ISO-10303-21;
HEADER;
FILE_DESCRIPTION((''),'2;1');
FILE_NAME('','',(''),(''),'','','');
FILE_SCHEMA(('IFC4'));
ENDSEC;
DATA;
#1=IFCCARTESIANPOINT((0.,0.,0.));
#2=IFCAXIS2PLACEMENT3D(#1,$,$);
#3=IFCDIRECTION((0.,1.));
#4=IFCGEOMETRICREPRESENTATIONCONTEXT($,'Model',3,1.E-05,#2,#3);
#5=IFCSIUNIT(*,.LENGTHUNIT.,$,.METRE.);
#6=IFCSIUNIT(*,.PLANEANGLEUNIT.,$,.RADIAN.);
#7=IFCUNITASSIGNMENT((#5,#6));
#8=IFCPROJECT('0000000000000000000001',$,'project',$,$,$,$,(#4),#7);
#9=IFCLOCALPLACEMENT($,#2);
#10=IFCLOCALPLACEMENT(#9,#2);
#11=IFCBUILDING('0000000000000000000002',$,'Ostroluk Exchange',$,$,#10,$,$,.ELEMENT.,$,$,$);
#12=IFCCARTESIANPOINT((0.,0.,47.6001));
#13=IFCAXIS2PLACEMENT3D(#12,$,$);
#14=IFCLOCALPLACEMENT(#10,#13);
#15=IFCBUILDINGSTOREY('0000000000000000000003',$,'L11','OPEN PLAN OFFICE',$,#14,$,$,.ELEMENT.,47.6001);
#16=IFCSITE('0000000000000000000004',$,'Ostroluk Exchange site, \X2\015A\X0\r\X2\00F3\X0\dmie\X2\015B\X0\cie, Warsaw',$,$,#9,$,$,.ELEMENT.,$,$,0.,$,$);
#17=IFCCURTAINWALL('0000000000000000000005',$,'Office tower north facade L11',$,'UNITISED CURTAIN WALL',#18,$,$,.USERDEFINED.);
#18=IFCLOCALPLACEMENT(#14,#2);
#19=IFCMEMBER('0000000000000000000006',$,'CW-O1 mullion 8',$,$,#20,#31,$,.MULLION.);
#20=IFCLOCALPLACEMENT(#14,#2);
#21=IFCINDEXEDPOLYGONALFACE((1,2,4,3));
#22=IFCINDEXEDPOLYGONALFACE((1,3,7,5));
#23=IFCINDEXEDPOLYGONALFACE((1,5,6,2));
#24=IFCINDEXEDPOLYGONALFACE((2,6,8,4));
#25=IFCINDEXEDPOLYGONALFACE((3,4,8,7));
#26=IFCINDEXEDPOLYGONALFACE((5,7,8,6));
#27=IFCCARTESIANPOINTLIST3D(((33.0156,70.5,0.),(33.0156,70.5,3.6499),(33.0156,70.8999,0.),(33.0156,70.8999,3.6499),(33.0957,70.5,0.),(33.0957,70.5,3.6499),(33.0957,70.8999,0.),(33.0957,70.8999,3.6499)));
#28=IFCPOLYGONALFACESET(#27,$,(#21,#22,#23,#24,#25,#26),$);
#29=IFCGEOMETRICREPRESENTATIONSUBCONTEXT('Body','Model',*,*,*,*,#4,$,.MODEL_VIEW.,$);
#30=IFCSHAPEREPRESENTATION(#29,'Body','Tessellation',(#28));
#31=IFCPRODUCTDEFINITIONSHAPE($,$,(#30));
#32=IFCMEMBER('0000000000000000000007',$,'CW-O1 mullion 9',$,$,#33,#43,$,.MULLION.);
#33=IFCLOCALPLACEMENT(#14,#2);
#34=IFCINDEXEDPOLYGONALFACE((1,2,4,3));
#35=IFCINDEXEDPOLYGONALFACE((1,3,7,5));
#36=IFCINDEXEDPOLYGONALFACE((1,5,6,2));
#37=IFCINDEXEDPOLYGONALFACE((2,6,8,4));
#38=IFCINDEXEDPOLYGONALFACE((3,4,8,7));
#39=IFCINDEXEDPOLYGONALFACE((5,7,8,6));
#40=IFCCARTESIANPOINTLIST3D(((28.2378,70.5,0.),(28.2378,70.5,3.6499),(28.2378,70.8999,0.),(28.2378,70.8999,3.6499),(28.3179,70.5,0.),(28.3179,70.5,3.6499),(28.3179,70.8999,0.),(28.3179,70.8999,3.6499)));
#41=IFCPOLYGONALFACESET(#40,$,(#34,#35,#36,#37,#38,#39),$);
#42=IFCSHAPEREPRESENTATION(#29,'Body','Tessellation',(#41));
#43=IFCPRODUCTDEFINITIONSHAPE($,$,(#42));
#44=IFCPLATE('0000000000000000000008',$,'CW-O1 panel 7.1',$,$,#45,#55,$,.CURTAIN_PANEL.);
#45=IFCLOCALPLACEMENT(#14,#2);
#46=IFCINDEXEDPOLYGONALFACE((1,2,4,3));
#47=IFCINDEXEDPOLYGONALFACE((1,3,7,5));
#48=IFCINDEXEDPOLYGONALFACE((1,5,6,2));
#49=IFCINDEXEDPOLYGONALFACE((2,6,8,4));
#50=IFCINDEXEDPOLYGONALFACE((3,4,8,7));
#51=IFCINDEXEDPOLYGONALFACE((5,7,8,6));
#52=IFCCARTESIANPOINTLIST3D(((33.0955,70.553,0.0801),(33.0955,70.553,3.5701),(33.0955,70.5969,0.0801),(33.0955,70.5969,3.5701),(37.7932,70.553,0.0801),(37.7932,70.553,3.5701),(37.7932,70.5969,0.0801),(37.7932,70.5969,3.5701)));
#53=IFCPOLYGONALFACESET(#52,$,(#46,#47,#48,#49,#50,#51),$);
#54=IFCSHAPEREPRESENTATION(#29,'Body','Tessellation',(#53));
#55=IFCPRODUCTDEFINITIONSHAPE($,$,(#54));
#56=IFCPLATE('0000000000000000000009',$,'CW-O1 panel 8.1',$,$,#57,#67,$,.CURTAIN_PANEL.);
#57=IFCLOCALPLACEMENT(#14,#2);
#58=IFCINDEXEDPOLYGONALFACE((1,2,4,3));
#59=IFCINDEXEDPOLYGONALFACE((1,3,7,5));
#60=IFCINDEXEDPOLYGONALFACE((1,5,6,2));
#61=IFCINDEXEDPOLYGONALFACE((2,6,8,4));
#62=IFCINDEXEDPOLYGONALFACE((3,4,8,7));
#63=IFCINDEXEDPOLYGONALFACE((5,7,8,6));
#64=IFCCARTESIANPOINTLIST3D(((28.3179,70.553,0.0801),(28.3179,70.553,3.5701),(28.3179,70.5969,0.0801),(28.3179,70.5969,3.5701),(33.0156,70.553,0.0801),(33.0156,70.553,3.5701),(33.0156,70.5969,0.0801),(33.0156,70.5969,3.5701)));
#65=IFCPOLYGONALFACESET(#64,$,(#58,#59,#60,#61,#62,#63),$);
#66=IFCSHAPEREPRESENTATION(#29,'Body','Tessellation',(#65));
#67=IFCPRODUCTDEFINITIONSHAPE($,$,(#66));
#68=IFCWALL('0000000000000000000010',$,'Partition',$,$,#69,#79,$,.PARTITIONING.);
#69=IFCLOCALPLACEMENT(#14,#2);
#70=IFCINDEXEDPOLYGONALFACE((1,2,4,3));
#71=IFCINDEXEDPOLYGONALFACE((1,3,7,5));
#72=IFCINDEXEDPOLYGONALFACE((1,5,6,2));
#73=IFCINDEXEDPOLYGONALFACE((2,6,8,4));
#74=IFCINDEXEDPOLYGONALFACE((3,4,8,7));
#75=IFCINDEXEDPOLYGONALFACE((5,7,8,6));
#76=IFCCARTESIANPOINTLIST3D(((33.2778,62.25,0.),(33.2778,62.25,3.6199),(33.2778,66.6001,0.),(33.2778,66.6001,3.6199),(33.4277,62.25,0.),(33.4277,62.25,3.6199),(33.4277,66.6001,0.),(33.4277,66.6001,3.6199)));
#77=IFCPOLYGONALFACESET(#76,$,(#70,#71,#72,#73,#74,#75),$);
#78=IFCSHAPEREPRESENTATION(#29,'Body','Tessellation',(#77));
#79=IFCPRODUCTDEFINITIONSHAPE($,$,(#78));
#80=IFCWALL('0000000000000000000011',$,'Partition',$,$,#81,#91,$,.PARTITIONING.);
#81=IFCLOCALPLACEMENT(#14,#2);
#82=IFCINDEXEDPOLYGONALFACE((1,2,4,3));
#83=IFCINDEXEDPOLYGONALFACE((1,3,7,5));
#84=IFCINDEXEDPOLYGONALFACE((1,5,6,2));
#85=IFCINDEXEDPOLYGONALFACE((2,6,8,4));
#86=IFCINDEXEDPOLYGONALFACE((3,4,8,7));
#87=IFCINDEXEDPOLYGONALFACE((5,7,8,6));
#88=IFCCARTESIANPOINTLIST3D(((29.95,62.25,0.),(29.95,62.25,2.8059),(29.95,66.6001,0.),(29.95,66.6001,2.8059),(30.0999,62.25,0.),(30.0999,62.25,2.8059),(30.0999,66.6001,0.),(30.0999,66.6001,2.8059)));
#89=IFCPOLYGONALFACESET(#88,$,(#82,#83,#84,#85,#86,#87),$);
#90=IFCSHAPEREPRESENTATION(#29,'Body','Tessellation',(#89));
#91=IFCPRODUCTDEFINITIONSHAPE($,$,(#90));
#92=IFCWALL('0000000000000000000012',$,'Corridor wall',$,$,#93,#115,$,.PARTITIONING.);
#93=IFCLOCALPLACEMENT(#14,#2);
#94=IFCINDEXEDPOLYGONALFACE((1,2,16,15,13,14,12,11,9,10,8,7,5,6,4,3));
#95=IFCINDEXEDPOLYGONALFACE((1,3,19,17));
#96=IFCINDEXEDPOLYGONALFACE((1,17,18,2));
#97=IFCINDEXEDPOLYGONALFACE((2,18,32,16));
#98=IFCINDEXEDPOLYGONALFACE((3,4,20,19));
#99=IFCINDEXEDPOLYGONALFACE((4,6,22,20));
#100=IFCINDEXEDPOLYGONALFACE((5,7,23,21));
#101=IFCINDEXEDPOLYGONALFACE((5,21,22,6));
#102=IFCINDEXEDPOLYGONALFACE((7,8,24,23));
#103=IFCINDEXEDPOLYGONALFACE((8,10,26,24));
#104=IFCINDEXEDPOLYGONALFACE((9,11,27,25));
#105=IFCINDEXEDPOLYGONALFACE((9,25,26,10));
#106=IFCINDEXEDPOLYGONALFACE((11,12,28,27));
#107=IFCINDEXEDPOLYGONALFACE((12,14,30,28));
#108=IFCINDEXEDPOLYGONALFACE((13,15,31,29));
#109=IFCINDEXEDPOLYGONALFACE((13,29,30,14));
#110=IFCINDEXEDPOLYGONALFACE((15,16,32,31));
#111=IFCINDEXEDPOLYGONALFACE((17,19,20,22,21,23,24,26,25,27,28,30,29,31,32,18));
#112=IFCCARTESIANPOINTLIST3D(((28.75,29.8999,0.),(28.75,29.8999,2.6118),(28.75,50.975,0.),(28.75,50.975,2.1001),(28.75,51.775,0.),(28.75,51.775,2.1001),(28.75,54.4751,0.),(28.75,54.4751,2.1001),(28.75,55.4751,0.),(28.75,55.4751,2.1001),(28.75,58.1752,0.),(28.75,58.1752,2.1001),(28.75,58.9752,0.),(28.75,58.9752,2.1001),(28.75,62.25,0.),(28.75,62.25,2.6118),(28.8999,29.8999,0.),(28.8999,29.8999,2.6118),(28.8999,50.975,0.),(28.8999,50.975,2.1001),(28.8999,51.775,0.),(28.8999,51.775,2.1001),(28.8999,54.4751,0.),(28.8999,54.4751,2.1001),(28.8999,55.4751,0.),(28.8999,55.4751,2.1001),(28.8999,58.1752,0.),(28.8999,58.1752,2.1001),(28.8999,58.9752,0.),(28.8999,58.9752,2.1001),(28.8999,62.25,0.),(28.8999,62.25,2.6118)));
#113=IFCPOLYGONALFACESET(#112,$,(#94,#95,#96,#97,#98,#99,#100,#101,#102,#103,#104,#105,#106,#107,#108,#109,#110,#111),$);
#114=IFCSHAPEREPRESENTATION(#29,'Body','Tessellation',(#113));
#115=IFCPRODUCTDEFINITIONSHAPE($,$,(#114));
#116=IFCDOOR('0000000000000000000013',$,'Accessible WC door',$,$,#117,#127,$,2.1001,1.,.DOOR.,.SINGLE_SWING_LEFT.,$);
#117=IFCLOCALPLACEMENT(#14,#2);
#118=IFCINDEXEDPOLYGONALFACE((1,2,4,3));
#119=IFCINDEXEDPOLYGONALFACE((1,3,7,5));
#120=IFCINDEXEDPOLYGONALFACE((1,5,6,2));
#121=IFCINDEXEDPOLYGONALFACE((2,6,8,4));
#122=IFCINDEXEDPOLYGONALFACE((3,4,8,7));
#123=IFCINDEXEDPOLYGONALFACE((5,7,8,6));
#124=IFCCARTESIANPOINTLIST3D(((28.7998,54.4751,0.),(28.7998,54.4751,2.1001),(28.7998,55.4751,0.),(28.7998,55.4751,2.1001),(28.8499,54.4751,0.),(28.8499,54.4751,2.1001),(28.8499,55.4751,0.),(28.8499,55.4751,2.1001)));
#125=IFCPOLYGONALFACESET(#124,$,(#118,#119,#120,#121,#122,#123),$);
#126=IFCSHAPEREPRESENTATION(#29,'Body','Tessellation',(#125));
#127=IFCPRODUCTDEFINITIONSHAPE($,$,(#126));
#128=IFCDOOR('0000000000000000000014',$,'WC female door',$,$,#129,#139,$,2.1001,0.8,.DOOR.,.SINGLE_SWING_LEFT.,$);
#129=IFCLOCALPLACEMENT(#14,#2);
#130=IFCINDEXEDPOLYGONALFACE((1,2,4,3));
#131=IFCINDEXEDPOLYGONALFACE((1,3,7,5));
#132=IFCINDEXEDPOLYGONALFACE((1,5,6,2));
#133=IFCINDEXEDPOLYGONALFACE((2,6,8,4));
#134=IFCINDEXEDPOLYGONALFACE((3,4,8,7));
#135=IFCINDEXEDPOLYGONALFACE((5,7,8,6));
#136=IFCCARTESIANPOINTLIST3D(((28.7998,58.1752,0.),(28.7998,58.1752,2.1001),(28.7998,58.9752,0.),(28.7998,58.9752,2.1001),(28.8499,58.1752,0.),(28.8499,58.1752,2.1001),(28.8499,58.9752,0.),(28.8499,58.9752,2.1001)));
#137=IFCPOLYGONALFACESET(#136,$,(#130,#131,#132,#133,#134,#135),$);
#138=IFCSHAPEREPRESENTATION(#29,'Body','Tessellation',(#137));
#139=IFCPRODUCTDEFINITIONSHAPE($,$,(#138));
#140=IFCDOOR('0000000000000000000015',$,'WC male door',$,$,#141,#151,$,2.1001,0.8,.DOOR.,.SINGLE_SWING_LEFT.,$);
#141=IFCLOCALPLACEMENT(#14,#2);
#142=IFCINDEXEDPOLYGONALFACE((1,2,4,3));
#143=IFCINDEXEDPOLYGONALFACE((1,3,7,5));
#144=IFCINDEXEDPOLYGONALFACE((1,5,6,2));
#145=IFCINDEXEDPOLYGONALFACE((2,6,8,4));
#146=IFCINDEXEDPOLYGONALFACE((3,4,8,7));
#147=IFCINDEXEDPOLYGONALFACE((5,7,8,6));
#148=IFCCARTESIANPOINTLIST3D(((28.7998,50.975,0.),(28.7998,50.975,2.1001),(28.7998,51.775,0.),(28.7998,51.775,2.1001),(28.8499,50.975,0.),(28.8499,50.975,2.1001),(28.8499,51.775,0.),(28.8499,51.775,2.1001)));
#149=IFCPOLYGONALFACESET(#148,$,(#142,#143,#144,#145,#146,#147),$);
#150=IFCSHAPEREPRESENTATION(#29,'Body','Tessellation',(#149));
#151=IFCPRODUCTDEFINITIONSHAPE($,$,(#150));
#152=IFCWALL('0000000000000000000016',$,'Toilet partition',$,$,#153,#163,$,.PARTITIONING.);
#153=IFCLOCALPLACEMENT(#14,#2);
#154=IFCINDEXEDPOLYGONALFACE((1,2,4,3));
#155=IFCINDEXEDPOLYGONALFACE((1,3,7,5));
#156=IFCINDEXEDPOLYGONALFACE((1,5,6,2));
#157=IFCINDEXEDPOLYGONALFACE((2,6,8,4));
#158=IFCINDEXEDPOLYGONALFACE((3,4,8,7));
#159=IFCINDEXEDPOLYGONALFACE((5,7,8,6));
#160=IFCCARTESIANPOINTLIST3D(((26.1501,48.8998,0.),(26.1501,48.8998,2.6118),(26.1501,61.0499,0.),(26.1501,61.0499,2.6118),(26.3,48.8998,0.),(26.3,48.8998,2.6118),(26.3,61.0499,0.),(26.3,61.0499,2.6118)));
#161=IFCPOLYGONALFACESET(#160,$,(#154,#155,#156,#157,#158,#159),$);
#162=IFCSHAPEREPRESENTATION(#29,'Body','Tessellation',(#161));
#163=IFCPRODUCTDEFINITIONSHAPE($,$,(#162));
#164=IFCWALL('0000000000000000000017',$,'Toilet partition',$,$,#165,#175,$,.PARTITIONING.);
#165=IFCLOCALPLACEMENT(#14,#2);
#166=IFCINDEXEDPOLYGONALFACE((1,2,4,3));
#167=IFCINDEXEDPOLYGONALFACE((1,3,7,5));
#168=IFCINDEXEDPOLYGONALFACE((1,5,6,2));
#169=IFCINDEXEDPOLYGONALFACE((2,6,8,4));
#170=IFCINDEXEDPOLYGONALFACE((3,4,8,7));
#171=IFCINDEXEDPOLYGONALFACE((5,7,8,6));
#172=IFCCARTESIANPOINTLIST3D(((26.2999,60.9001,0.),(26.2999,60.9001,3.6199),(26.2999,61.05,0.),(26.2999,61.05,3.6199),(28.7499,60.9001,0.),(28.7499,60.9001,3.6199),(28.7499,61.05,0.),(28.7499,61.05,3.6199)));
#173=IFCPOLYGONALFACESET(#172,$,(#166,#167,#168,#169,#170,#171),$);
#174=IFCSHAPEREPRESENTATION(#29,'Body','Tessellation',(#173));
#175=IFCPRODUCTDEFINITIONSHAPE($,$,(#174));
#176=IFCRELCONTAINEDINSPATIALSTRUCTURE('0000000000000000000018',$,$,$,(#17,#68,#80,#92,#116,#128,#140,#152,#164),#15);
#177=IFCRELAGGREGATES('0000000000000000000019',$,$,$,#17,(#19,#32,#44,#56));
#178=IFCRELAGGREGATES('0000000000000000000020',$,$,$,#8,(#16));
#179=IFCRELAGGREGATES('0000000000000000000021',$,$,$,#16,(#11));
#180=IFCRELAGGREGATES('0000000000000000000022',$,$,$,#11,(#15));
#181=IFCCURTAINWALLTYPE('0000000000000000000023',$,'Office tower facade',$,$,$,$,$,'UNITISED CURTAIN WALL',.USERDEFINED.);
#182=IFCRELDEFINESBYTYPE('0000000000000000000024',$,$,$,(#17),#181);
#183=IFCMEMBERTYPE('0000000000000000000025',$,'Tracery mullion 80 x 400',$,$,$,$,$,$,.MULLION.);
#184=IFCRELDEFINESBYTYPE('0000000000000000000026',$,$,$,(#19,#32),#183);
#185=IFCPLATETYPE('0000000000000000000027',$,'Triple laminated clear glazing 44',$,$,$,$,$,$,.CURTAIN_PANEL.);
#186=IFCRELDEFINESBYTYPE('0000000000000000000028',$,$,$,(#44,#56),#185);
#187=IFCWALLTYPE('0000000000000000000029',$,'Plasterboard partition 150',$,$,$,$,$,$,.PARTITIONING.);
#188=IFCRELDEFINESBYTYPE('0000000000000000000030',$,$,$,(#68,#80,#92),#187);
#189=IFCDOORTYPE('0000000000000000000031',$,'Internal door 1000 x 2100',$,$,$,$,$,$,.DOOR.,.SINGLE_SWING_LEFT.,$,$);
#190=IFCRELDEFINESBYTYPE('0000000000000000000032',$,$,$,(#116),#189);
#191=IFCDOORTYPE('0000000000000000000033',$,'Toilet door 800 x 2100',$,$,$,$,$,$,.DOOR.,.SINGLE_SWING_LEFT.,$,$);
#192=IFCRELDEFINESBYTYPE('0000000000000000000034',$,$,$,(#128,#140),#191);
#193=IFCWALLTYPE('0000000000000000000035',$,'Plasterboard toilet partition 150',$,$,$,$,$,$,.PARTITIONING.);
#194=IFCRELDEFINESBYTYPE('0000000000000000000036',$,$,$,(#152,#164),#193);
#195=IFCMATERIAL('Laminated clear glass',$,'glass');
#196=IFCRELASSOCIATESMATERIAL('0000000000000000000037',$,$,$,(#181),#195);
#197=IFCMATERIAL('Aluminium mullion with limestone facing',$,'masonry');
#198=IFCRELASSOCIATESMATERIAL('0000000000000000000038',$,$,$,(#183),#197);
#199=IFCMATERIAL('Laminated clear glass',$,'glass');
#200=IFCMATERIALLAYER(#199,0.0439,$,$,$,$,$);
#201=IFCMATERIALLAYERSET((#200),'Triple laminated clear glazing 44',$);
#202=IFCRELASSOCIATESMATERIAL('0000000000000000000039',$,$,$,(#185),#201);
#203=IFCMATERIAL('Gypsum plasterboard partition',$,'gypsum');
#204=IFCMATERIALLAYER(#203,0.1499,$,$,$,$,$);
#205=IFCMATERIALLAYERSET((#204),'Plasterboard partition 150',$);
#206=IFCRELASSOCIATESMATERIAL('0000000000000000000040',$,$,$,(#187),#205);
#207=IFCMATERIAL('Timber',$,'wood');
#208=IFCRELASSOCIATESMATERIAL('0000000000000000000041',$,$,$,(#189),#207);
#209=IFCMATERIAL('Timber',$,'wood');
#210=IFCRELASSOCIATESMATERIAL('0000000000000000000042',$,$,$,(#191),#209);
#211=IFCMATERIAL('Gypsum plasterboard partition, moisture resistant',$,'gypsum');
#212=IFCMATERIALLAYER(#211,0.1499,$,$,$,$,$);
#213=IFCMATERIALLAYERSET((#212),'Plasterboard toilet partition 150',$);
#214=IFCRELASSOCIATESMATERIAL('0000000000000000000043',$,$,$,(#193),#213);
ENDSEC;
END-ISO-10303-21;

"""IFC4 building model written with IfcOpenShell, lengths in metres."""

from ifc_helpers import new_model, si_unit, direction, frame, frame_2d, origin, origin_2d, place, context, subcontext, project, spatial, rectangle, extrude, material, layer, layer_set, material_profile, profile_set, type_object, element, fill, aggregate, save


model = new_model("IFC4")

# Units and contexts
model_context = context("Model", 3, precision=1e-05, world=origin(), true_north=direction((0.0, 1.0)))
body_context = subcontext(model_context, "Body", "Model", "MODEL_VIEW")
ifc_project = project(units=[si_unit("LENGTHUNIT", "METRE"), si_unit("PLANEANGLEUNIT", "RADIAN")], contexts=[model_context])

# Site, building, storey
site_placement = place(None, origin())
site = spatial("IfcSite", under=ifc_project, at=site_placement, Name="Ostroluk Exchange site, Śródmieście, Warsaw", CompositionType="ELEMENT", RefElevation=0.0)
building_placement = place(site_placement, origin())
building = spatial("IfcBuilding", under=site, at=building_placement, Name="Ostroluk Exchange", CompositionType="ELEMENT")
storey_placement = place(building_placement, frame((0.0, 0.0, 47.6001)))
storey = spatial("IfcBuildingStorey", under=building, at=storey_placement, Name="L11", Description="OPEN PLAN OFFICE", CompositionType="ELEMENT", Elevation=47.6001)

# Curtain wall, members, plates
ifc_material_1 = material(Name="Laminated clear glass", Category="glass")
curtain_wall_type = type_object("IfcCurtainWallType", Name="Office tower facade", ElementType="UNITISED CURTAIN WALL", PredefinedType="USERDEFINED", material=ifc_material_1)
curtain_wall_placement = place(storey_placement, origin())
curtain_wall = element("IfcCurtainWall", 1, at=curtain_wall_placement, inside=storey, type_object=curtain_wall_type, Name="Office tower north facade L11", ObjectType="UNITISED CURTAIN WALL", PredefinedType="USERDEFINED")
ifc_material_2 = material(Name="Aluminium mullion with limestone facing", Category="masonry")
ifc_material_profile_1 = material_profile(ifc_material_2, rectangle(XDim=0.3999, YDim=0.0801, at=origin_2d()), Name="Tracery mullion 80 x 400")
ifc_profile_set_1 = profile_set([ifc_material_profile_1], Name="Aluminium mullion with limestone facing")
member_type_1 = type_object("IfcMemberType", Name="Tracery mullion 80 x 400", PredefinedType="MULLION", material=ifc_profile_set_1)
member_1_placement = place(storey_placement, frame((33.0557, 70.7, 0.0), z_axis=(0.0, 0.0, 1.0), x_axis=(0.0, -1.0, 0.0)))
member_1 = element("IfcMember", 2, at=member_1_placement, type_object=member_type_1, Name="CW-O1 mullion 8", PredefinedType="MULLION", context=body_context, shape_type="SweptSolid", body=[
    extrude(rectangle(XDim=0.3999, YDim=0.0801, at=origin_2d()), origin(), (0.0, 0.0, 1.0), 3.6499),
])
member_2_placement = place(storey_placement, frame((28.2778, 70.7, 0.0), z_axis=(0.0, 0.0, 1.0), x_axis=(0.0, -1.0, 0.0)))
member_2 = element("IfcMember", 3, at=member_2_placement, type_object=member_type_1, Name="CW-O1 mullion 9", PredefinedType="MULLION", context=body_context, shape_type="SweptSolid", body=[
    extrude(rectangle(XDim=0.3999, YDim=0.0801, at=origin_2d()), origin(), (0.0, 0.0, 1.0), 3.6499),
])
ifc_material_3 = material(Name="Laminated clear glass", Category="glass")
ifc_layer_1 = layer(ifc_material_3, 0.0439)
ifc_layer_set_1 = layer_set([ifc_layer_1], Name="Triple laminated clear glazing 44")
plate_type = type_object("IfcPlateType", Name="Triple laminated clear glazing 44", PredefinedType="CURTAIN_PANEL", material=ifc_layer_set_1)
plate_1_placement = place(storey_placement, frame((35.4443, 70.575, 0.0801), z_axis=(0.0, 0.0, 1.0), x_axis=(-1.0, 0.0, 0.0)))
plate_1 = element("IfcPlate", 4, at=plate_1_placement, type_object=plate_type, Name="CW-O1 panel 7.1", PredefinedType="CURTAIN_PANEL", context=body_context, shape_type="SweptSolid", body=[
    extrude(rectangle(XDim=4.6978, YDim=0.0439, at=origin_2d()), origin(), (0.0, 0.0, 1.0), 3.49),
])
plate_2_placement = place(storey_placement, frame((30.6667, 70.575, 0.0801), z_axis=(0.0, 0.0, 1.0), x_axis=(-1.0, 0.0, 0.0)))
plate_2 = element("IfcPlate", 5, at=plate_2_placement, type_object=plate_type, Name="CW-O1 panel 8.1", PredefinedType="CURTAIN_PANEL", context=body_context, shape_type="SweptSolid", body=[
    extrude(rectangle(XDim=4.6978, YDim=0.0439, at=origin_2d()), origin(), (0.0, 0.0, 1.0), 3.49),
])
aggregate(curtain_wall, [member_1, member_2, plate_1, plate_2])

# Walls
ifc_material_4 = material(Name="Gypsum plasterboard partition", Category="gypsum")
ifc_layer_2 = layer(ifc_material_4, 0.1499)
ifc_layer_set_2 = layer_set([ifc_layer_2], Name="Plasterboard partition 150")
wall_type_1 = type_object("IfcWallType", Name="Plasterboard partition 150", PredefinedType="PARTITIONING", material=ifc_layer_set_2)
wall_1_placement = place(storey_placement, frame((33.3528, 62.25, 0.0), z_axis=(0.0, 0.0, 1.0), x_axis=(0.0, 1.0, 0.0)))
element("IfcWall", 6, at=wall_1_placement, inside=storey, type_object=wall_type_1, Name="Partition", PredefinedType="PARTITIONING", context=body_context, shape_type="SweptSolid", body=[
    extrude(rectangle(XDim=4.3501, YDim=0.1499, at=frame_2d((2.175, 0.0))), origin(), (0.0, 0.0, 1.0), 3.6199),
])
wall_2_placement = place(storey_placement, frame((30.0249, 62.25, 0.0), z_axis=(0.0, 0.0, 1.0), x_axis=(0.0, 1.0, 0.0)))
element("IfcWall", 7, at=wall_2_placement, inside=storey, type_object=wall_type_1, Name="Partition", PredefinedType="PARTITIONING", context=body_context, shape_type="SweptSolid", body=[
    extrude(rectangle(XDim=4.3501, YDim=0.1499, at=frame_2d((2.175, 0.0))), origin(), (0.0, 0.0, 1.0), 2.8059),
])

# Wall, openings, doors
wall_3_placement = place(storey_placement, frame((28.825, 62.25, 0.0), z_axis=(0.0, 0.0, 1.0), x_axis=(0.0, -1.0, 0.0)))
wall_3 = element("IfcWall", 8, at=wall_3_placement, inside=storey, type_object=wall_type_1, Name="Corridor wall", PredefinedType="PARTITIONING", context=body_context, shape_type="SweptSolid", body=[
    extrude(rectangle(XDim=32.3501, YDim=0.1499, at=frame_2d((16.175, 0.0))), origin(), (0.0, 0.0, 1.0), 2.6118),
])
opening_1_placement = place(wall_3_placement, frame((3.2749, 0.0, 0.0)))
opening_1 = element("IfcOpeningElement", 9, at=opening_1_placement, cuts=wall_3, PredefinedType="OPENING", context=body_context, shape_type="SweptSolid", body=[
    extrude(rectangle(XDim=0.8, YDim=2.1001, at=frame_2d((0.3999, 1.05))), frame((0.0, 0.085, 0.0), z_axis=(0.0, -1.0, 0.0), x_axis=(1.0, 0.0, 0.0)), (0.0, 0.0, 1.0), 0.1699),
])
opening_2_placement = place(wall_3_placement, frame((6.7749, 0.0, 0.0)))
opening_2 = element("IfcOpeningElement", 10, at=opening_2_placement, cuts=wall_3, PredefinedType="OPENING", context=body_context, shape_type="SweptSolid", body=[
    extrude(rectangle(XDim=1.0, YDim=2.1001, at=frame_2d((0.5, 1.05))), frame((0.0, 0.085, 0.0), z_axis=(0.0, -1.0, 0.0), x_axis=(1.0, 0.0, 0.0)), (0.0, 0.0, 1.0), 0.1699),
])
opening_3_placement = place(wall_3_placement, frame((10.4751, 0.0, 0.0)))
opening_3 = element("IfcOpeningElement", 11, at=opening_3_placement, cuts=wall_3, PredefinedType="OPENING", context=body_context, shape_type="SweptSolid", body=[
    extrude(rectangle(XDim=0.8, YDim=2.1001, at=frame_2d((0.3999, 1.05))), frame((0.0, 0.085, 0.0), z_axis=(0.0, -1.0, 0.0), x_axis=(1.0, 0.0, 0.0)), (0.0, 0.0, 1.0), 0.1699),
])
ifc_material_5 = material(Name="Timber", Category="wood")
door_type_1 = type_object("IfcDoorType", Name="Internal door 1000 x 2100", OperationType="SINGLE_SWING_LEFT", PredefinedType="DOOR", material=ifc_material_5)
door_1_placement = place(opening_2_placement, origin())
door_1 = element("IfcDoor", 12, at=door_1_placement, inside=storey, type_object=door_type_1, Name="Accessible WC door", OperationType="SINGLE_SWING_LEFT", OverallHeight=2.1001, OverallWidth=1.0, PredefinedType="DOOR", context=body_context, shape_type="SweptSolid", body=[
    extrude(rectangle(XDim=1.0, YDim=2.1001, at=frame_2d((0.5, 1.05))), frame((0.0, 0.0249, 0.0), z_axis=(0.0, -1.0, 0.0), x_axis=(1.0, 0.0, 0.0)), (0.0, 0.0, 1.0), 0.05),
])
fill(opening_2, door_1)
ifc_material_6 = material(Name="Timber", Category="wood")
door_type_2 = type_object("IfcDoorType", Name="Toilet door 800 x 2100", OperationType="SINGLE_SWING_LEFT", PredefinedType="DOOR", material=ifc_material_6)
door_2_placement = place(opening_1_placement, origin())
door_2 = element("IfcDoor", 13, at=door_2_placement, inside=storey, type_object=door_type_2, Name="WC female door", OperationType="SINGLE_SWING_LEFT", OverallHeight=2.1001, OverallWidth=0.8, PredefinedType="DOOR", context=body_context, shape_type="SweptSolid", body=[
    extrude(rectangle(XDim=0.8, YDim=2.1001, at=frame_2d((0.3999, 1.05))), frame((0.0, 0.0249, 0.0), z_axis=(0.0, -1.0, 0.0), x_axis=(1.0, 0.0, 0.0)), (0.0, 0.0, 1.0), 0.05),
])
fill(opening_1, door_2)
door_3_placement = place(opening_3_placement, origin())
door_3 = element("IfcDoor", 14, at=door_3_placement, inside=storey, type_object=door_type_2, Name="WC male door", OperationType="SINGLE_SWING_LEFT", OverallHeight=2.1001, OverallWidth=0.8, PredefinedType="DOOR", context=body_context, shape_type="SweptSolid", body=[
    extrude(rectangle(XDim=0.8, YDim=2.1001, at=frame_2d((0.3999, 1.05))), frame((0.0, 0.0249, 0.0), z_axis=(0.0, -1.0, 0.0), x_axis=(1.0, 0.0, 0.0)), (0.0, 0.0, 1.0), 0.05),
])
fill(opening_3, door_3)

# Walls
ifc_material_7 = material(Name="Gypsum plasterboard partition, moisture resistant", Category="gypsum")
ifc_layer_3 = layer(ifc_material_7, 0.1499)
ifc_layer_set_3 = layer_set([ifc_layer_3], Name="Plasterboard toilet partition 150")
wall_type_2 = type_object("IfcWallType", Name="Plasterboard toilet partition 150", PredefinedType="PARTITIONING", material=ifc_layer_set_3)
wall_4_placement = place(storey_placement, frame((26.2251, 61.05, 0.0), z_axis=(0.0, 0.0, 1.0), x_axis=(0.0, -1.0, 0.0)))
element("IfcWall", 15, at=wall_4_placement, inside=storey, type_object=wall_type_2, Name="Toilet partition", PredefinedType="PARTITIONING", context=body_context, shape_type="SweptSolid", body=[
    extrude(rectangle(XDim=12.1501, YDim=0.1499, at=frame_2d((6.0752, 0.0))), origin(), (0.0, 0.0, 1.0), 2.6118),
])
wall_5_placement = place(storey_placement, frame((28.75, 60.9751, 0.0), z_axis=(0.0, 0.0, 1.0), x_axis=(-1.0, 0.0, 0.0)))
element("IfcWall", 16, at=wall_5_placement, inside=storey, type_object=wall_type_2, Name="Toilet partition", PredefinedType="PARTITIONING", context=body_context, shape_type="SweptSolid", body=[
    extrude(rectangle(XDim=2.45, YDim=0.1499, at=frame_2d((1.2251, 0.0))), origin(), (0.0, 0.0, 1.0), 3.6199),
])

save(model, "model.ifc")
